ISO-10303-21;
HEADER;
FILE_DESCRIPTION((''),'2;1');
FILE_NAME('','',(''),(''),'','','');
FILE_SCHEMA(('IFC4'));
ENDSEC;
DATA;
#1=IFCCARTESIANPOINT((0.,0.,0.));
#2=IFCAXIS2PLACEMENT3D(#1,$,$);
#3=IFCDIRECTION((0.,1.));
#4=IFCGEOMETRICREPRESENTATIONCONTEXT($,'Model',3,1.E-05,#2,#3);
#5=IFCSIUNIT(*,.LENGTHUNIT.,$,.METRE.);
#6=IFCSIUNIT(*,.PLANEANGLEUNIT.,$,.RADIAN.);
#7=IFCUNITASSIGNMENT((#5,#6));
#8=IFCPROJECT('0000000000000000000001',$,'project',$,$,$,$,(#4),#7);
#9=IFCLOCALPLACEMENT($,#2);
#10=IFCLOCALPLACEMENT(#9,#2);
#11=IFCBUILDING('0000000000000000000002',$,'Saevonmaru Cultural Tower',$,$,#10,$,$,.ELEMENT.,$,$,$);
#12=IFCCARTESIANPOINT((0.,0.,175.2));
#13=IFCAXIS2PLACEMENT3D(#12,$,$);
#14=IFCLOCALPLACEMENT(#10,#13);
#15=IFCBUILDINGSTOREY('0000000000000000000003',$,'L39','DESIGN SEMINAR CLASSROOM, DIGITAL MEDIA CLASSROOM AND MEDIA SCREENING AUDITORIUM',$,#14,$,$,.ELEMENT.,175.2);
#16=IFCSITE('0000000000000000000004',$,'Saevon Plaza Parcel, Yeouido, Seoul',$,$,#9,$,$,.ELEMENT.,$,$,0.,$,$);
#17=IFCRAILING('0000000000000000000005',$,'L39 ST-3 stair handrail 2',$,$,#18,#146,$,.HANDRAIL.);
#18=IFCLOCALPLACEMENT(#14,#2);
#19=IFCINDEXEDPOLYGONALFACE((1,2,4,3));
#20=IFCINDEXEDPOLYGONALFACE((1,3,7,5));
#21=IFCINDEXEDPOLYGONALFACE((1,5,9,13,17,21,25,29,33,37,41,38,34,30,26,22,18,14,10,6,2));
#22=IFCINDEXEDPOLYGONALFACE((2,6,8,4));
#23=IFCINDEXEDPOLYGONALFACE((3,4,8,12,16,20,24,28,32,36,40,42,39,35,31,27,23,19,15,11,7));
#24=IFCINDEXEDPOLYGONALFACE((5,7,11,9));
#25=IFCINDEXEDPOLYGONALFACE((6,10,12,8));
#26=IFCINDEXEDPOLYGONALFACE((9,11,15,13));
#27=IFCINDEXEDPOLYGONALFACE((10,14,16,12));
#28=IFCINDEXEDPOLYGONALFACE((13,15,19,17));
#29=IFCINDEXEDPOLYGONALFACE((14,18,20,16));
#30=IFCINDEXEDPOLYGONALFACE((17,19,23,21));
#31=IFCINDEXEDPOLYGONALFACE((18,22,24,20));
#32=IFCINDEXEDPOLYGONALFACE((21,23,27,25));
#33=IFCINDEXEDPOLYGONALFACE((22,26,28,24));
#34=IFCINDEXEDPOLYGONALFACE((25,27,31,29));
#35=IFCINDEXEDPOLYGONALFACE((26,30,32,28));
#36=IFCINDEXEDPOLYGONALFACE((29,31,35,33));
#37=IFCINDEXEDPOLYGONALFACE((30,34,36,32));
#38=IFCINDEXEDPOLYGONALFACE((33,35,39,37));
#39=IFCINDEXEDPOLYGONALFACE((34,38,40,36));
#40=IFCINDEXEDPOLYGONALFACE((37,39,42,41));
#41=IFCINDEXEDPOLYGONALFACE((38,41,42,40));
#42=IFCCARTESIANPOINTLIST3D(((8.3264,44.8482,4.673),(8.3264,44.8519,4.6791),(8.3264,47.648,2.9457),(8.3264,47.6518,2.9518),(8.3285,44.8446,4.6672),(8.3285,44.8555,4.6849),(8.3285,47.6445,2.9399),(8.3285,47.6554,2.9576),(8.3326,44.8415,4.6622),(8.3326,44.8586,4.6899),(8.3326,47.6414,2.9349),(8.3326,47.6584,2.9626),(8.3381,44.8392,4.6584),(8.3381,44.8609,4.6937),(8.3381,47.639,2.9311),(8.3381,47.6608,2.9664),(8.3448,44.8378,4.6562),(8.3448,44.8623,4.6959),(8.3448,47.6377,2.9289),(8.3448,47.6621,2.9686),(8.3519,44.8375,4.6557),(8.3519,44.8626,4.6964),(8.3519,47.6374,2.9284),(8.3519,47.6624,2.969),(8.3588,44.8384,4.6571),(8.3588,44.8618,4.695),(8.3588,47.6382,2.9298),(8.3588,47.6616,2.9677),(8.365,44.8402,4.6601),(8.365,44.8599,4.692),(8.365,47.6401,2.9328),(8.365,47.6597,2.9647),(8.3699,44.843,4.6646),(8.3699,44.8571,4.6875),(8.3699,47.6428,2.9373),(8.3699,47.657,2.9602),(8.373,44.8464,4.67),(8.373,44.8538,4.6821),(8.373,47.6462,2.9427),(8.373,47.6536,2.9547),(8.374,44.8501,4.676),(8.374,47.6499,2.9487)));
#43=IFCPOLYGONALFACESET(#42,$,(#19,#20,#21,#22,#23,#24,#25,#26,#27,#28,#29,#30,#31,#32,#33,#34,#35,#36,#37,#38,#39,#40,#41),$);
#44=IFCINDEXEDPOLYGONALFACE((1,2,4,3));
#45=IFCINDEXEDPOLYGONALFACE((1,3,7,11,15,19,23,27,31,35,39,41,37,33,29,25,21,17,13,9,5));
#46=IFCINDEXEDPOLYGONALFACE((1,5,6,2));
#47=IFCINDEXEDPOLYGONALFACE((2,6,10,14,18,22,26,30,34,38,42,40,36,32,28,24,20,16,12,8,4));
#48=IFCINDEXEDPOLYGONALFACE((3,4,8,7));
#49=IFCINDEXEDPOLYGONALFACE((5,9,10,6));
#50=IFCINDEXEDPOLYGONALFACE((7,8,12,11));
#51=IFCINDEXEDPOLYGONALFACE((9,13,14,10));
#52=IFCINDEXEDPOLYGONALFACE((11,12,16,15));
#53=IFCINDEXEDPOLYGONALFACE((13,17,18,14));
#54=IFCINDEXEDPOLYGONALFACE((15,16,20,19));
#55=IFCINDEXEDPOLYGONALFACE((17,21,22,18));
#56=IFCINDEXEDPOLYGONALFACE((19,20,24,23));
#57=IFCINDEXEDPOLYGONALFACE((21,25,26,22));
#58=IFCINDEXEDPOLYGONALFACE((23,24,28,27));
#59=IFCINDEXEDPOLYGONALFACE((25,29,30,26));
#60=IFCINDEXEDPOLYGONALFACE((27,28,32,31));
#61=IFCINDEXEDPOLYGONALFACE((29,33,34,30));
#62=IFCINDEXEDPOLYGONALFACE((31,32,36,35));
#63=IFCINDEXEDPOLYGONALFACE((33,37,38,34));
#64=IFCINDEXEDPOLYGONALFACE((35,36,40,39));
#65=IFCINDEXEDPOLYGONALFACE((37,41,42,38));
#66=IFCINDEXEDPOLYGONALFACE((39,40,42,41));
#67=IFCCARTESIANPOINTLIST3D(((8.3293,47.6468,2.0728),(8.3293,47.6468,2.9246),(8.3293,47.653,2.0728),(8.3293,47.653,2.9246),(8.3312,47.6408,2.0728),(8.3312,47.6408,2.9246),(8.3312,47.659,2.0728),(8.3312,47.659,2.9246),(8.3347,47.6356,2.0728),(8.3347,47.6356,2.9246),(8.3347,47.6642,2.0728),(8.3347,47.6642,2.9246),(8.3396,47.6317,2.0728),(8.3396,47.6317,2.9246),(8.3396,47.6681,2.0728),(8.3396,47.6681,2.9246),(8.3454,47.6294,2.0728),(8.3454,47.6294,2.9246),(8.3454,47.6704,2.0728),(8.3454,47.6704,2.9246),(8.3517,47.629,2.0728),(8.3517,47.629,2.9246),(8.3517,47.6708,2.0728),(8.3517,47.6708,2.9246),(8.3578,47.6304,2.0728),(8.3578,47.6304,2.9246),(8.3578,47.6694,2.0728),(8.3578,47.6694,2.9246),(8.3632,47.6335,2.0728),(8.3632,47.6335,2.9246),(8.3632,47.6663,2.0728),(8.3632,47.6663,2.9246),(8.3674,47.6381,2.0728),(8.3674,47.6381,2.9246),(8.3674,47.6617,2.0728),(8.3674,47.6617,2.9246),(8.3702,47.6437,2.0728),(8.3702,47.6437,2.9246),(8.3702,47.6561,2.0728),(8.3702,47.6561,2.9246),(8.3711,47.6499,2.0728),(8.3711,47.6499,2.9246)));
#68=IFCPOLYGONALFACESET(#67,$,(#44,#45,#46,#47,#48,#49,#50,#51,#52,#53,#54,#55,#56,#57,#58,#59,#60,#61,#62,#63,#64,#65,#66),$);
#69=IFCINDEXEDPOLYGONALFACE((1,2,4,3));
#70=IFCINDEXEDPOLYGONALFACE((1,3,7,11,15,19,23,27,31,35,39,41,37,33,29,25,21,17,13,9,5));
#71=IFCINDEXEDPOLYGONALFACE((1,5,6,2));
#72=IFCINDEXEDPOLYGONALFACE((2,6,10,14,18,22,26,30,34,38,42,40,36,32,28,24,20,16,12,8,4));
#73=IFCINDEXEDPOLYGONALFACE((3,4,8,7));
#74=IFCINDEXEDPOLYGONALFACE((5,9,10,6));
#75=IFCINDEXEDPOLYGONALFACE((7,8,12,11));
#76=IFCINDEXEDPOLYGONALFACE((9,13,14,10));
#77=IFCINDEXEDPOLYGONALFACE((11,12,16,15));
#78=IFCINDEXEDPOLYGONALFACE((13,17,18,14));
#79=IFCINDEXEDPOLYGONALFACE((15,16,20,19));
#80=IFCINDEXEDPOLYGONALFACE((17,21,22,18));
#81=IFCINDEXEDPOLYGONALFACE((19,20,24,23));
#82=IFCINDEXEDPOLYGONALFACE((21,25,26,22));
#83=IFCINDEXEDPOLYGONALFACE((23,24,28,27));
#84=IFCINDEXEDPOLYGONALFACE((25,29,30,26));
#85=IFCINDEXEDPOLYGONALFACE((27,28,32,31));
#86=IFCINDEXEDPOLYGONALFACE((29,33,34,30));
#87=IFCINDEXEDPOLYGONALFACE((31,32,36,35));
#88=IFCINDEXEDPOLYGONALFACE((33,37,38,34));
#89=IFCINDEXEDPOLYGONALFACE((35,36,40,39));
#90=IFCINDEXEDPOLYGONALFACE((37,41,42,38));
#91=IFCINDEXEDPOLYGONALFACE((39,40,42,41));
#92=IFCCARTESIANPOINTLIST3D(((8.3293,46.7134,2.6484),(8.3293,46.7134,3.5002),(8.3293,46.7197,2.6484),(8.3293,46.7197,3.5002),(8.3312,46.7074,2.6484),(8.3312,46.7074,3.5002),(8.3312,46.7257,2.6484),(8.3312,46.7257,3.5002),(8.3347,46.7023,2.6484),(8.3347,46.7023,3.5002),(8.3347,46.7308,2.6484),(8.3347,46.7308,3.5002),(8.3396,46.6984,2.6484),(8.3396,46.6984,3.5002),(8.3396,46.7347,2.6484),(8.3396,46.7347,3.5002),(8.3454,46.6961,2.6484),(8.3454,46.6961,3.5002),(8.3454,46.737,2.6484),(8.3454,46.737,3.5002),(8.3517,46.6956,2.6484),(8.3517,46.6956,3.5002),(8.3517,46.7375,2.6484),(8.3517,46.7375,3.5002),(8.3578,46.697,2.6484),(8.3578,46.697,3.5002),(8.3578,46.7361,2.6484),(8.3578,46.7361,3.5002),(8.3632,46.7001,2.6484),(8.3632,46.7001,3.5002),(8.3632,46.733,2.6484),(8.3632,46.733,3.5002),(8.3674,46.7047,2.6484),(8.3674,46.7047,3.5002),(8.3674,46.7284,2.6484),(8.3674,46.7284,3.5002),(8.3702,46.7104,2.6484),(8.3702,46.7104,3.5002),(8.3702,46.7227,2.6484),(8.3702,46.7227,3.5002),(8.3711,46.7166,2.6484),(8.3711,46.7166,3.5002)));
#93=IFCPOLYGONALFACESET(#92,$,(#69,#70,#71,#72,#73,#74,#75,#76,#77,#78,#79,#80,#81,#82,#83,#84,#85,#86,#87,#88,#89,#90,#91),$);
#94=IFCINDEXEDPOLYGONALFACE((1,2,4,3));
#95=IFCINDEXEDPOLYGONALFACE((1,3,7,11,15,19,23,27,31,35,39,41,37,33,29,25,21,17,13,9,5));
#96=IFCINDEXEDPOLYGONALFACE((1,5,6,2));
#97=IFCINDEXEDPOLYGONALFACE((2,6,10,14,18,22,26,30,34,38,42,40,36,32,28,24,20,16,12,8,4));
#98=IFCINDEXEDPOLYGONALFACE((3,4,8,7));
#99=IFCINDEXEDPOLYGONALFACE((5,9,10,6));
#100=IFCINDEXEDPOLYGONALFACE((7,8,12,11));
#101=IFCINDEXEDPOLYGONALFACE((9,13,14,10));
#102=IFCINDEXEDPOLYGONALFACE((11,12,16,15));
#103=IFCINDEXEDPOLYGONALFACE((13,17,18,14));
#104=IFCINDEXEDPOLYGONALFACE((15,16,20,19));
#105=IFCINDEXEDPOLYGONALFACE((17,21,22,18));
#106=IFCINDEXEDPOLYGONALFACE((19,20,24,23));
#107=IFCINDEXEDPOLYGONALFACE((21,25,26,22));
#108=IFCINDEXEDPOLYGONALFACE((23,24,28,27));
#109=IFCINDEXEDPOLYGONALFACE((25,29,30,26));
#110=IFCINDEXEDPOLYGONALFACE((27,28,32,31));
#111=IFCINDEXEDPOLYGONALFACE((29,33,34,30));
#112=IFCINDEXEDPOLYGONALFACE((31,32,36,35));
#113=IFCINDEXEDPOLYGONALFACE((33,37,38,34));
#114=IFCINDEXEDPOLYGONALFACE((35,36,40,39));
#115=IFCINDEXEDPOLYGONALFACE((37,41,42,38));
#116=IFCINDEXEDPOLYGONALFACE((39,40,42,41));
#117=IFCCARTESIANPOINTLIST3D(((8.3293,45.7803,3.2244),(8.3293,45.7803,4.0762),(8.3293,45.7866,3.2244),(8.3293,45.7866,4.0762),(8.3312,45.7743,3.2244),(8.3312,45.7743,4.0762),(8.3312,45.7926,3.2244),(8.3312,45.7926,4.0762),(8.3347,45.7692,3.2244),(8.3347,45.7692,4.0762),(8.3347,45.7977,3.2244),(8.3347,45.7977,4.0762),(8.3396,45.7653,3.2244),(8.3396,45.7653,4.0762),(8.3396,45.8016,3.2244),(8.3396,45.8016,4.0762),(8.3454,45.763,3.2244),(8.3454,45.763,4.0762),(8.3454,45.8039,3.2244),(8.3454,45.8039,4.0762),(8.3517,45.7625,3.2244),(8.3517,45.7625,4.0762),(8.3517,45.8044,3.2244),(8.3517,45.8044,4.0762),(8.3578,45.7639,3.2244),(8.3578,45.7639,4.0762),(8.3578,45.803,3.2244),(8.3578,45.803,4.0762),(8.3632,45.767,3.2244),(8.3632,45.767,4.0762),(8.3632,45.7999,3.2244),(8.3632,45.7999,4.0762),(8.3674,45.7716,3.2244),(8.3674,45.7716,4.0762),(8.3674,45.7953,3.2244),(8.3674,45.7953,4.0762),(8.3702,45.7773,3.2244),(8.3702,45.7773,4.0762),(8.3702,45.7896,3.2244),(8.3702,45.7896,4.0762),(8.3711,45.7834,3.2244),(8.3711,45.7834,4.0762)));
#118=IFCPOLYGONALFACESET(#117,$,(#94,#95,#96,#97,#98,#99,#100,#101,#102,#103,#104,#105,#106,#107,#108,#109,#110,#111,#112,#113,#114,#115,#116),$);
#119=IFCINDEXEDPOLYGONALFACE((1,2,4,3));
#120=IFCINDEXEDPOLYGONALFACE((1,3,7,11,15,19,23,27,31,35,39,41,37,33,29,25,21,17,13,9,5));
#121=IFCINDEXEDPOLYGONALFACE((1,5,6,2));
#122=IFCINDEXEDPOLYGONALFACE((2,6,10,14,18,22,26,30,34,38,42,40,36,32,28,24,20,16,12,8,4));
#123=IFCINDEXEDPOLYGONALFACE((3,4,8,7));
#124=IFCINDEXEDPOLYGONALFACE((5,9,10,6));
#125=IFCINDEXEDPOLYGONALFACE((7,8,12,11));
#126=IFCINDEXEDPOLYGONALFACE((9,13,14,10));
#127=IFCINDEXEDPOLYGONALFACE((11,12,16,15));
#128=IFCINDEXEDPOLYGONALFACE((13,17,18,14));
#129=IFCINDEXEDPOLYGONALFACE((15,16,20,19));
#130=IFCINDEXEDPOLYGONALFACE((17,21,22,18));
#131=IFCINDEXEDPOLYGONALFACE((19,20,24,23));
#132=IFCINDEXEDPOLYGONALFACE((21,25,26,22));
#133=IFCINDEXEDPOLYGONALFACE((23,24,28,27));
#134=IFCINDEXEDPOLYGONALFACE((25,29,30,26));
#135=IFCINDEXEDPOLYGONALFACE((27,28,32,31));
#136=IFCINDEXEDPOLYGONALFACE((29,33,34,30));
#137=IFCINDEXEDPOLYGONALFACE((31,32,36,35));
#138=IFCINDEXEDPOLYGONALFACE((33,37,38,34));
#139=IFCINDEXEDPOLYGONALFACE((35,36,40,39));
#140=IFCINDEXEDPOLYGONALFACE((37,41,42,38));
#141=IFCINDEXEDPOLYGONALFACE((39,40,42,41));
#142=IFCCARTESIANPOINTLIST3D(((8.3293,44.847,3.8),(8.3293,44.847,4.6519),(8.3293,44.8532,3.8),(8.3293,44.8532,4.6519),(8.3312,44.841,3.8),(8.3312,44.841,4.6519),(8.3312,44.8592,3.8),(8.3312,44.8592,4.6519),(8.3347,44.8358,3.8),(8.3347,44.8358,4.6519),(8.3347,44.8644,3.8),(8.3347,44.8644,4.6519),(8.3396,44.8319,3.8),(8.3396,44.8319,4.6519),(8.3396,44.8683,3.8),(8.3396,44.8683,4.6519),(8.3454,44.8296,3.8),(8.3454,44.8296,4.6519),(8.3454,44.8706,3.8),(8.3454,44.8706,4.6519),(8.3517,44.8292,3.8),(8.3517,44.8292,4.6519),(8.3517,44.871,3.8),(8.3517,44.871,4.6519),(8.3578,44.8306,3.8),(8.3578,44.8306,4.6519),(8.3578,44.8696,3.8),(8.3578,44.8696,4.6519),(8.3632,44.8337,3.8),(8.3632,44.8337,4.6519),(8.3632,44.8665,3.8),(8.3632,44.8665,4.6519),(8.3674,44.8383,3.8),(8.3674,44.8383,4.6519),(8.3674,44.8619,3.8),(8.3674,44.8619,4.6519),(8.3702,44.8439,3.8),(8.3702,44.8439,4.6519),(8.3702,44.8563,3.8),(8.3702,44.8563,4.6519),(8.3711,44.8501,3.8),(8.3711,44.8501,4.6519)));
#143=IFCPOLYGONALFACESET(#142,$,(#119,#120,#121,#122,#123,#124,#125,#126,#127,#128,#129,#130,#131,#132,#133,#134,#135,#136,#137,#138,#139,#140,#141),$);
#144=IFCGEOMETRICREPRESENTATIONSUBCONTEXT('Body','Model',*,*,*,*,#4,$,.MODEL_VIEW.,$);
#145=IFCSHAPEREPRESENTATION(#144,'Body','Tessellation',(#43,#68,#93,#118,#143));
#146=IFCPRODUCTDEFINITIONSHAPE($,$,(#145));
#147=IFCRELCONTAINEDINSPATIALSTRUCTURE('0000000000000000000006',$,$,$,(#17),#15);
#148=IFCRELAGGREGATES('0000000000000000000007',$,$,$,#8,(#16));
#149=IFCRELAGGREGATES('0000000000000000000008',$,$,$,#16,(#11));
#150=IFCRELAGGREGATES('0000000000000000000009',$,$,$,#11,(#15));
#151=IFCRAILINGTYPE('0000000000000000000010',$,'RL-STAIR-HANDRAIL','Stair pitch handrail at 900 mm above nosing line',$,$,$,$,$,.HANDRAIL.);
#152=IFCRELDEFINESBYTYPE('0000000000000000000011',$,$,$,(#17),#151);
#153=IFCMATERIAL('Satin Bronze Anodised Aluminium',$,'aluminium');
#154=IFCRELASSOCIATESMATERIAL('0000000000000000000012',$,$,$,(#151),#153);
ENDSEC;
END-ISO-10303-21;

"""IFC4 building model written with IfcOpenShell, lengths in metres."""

from ifc_helpers import new_model, si_unit, direction, frame, origin, origin_2d, place, context, subcontext, project, spatial, circle, extrude, material, type_object, element, save


model = new_model("IFC4")

# Units and contexts
model_context = context("Model", 3, precision=1e-05, world=origin(), true_north=direction((0.0, 1.0)))
body_context = subcontext(model_context, "Body", "Model", "MODEL_VIEW")
ifc_project = project(units=[si_unit("LENGTHUNIT", "METRE"), si_unit("PLANEANGLEUNIT", "RADIAN")], contexts=[model_context])

# Site, building, storey
site_placement = place(None, origin())
site = spatial("IfcSite", under=ifc_project, at=site_placement, Name="Saevon Plaza Parcel, Yeouido, Seoul", CompositionType="ELEMENT", RefElevation=0.0)
building_placement = place(site_placement, origin())
building = spatial("IfcBuilding", under=site, at=building_placement, Name="Saevonmaru Cultural Tower", CompositionType="ELEMENT")
storey_placement = place(building_placement, frame((0.0, 0.0, 175.2)))
storey = spatial("IfcBuildingStorey", under=building, at=storey_placement, Name="L39", Description="DESIGN SEMINAR CLASSROOM, DIGITAL MEDIA CLASSROOM AND MEDIA SCREENING AUDITORIUM", CompositionType="ELEMENT", Elevation=175.2)

# Shared definitions
ifc_material_1 = material(Name="Satin Bronze Anodised Aluminium", Category="aluminium")

# Railing
railing_type_1 = type_object("IfcRailingType", Name="RL-STAIR-HANDRAIL", Description="Stair pitch handrail at 900 mm above nosing line", PredefinedType="HANDRAIL", material=ifc_material_1)
railing_1_placement = place(storey_placement, frame((8.3501, 47.6499, 2.0728)))
element("IfcRailing", 1, at=railing_1_placement, inside=storey, type_object=railing_type_1, Name="L39 ST-3 stair handrail 2", PredefinedType="HANDRAIL", context=body_context, shape_type="SweptSolid", body=[
    extrude(circle(Radius=0.0239, at=origin_2d()), frame((0.0, 0.0, 0.876), z_axis=(0.0, -0.851069, 0.525054), x_axis=(1.0, 0.0, 0.0)), (0.0, 0.0, 1.0), 3.2898),
    extrude(circle(Radius=0.021, at=origin_2d()), origin(), (0.0, 0.0, 1.0), 0.8518),
    extrude(circle(Radius=0.021, at=origin_2d()), frame((0.0, -0.9333, 0.5757)), (0.0, 0.0, 1.0), 0.8518),
    extrude(circle(Radius=0.021, at=origin_2d()), frame((0.0, -1.8665, 1.1516)), (0.0, 0.0, 1.0), 0.8518),
    extrude(circle(Radius=0.021, at=origin_2d()), frame((0.0, -2.7998, 1.7273)), (0.0, 0.0, 1.0), 0.8518),
])

save(model, "model.ifc")
